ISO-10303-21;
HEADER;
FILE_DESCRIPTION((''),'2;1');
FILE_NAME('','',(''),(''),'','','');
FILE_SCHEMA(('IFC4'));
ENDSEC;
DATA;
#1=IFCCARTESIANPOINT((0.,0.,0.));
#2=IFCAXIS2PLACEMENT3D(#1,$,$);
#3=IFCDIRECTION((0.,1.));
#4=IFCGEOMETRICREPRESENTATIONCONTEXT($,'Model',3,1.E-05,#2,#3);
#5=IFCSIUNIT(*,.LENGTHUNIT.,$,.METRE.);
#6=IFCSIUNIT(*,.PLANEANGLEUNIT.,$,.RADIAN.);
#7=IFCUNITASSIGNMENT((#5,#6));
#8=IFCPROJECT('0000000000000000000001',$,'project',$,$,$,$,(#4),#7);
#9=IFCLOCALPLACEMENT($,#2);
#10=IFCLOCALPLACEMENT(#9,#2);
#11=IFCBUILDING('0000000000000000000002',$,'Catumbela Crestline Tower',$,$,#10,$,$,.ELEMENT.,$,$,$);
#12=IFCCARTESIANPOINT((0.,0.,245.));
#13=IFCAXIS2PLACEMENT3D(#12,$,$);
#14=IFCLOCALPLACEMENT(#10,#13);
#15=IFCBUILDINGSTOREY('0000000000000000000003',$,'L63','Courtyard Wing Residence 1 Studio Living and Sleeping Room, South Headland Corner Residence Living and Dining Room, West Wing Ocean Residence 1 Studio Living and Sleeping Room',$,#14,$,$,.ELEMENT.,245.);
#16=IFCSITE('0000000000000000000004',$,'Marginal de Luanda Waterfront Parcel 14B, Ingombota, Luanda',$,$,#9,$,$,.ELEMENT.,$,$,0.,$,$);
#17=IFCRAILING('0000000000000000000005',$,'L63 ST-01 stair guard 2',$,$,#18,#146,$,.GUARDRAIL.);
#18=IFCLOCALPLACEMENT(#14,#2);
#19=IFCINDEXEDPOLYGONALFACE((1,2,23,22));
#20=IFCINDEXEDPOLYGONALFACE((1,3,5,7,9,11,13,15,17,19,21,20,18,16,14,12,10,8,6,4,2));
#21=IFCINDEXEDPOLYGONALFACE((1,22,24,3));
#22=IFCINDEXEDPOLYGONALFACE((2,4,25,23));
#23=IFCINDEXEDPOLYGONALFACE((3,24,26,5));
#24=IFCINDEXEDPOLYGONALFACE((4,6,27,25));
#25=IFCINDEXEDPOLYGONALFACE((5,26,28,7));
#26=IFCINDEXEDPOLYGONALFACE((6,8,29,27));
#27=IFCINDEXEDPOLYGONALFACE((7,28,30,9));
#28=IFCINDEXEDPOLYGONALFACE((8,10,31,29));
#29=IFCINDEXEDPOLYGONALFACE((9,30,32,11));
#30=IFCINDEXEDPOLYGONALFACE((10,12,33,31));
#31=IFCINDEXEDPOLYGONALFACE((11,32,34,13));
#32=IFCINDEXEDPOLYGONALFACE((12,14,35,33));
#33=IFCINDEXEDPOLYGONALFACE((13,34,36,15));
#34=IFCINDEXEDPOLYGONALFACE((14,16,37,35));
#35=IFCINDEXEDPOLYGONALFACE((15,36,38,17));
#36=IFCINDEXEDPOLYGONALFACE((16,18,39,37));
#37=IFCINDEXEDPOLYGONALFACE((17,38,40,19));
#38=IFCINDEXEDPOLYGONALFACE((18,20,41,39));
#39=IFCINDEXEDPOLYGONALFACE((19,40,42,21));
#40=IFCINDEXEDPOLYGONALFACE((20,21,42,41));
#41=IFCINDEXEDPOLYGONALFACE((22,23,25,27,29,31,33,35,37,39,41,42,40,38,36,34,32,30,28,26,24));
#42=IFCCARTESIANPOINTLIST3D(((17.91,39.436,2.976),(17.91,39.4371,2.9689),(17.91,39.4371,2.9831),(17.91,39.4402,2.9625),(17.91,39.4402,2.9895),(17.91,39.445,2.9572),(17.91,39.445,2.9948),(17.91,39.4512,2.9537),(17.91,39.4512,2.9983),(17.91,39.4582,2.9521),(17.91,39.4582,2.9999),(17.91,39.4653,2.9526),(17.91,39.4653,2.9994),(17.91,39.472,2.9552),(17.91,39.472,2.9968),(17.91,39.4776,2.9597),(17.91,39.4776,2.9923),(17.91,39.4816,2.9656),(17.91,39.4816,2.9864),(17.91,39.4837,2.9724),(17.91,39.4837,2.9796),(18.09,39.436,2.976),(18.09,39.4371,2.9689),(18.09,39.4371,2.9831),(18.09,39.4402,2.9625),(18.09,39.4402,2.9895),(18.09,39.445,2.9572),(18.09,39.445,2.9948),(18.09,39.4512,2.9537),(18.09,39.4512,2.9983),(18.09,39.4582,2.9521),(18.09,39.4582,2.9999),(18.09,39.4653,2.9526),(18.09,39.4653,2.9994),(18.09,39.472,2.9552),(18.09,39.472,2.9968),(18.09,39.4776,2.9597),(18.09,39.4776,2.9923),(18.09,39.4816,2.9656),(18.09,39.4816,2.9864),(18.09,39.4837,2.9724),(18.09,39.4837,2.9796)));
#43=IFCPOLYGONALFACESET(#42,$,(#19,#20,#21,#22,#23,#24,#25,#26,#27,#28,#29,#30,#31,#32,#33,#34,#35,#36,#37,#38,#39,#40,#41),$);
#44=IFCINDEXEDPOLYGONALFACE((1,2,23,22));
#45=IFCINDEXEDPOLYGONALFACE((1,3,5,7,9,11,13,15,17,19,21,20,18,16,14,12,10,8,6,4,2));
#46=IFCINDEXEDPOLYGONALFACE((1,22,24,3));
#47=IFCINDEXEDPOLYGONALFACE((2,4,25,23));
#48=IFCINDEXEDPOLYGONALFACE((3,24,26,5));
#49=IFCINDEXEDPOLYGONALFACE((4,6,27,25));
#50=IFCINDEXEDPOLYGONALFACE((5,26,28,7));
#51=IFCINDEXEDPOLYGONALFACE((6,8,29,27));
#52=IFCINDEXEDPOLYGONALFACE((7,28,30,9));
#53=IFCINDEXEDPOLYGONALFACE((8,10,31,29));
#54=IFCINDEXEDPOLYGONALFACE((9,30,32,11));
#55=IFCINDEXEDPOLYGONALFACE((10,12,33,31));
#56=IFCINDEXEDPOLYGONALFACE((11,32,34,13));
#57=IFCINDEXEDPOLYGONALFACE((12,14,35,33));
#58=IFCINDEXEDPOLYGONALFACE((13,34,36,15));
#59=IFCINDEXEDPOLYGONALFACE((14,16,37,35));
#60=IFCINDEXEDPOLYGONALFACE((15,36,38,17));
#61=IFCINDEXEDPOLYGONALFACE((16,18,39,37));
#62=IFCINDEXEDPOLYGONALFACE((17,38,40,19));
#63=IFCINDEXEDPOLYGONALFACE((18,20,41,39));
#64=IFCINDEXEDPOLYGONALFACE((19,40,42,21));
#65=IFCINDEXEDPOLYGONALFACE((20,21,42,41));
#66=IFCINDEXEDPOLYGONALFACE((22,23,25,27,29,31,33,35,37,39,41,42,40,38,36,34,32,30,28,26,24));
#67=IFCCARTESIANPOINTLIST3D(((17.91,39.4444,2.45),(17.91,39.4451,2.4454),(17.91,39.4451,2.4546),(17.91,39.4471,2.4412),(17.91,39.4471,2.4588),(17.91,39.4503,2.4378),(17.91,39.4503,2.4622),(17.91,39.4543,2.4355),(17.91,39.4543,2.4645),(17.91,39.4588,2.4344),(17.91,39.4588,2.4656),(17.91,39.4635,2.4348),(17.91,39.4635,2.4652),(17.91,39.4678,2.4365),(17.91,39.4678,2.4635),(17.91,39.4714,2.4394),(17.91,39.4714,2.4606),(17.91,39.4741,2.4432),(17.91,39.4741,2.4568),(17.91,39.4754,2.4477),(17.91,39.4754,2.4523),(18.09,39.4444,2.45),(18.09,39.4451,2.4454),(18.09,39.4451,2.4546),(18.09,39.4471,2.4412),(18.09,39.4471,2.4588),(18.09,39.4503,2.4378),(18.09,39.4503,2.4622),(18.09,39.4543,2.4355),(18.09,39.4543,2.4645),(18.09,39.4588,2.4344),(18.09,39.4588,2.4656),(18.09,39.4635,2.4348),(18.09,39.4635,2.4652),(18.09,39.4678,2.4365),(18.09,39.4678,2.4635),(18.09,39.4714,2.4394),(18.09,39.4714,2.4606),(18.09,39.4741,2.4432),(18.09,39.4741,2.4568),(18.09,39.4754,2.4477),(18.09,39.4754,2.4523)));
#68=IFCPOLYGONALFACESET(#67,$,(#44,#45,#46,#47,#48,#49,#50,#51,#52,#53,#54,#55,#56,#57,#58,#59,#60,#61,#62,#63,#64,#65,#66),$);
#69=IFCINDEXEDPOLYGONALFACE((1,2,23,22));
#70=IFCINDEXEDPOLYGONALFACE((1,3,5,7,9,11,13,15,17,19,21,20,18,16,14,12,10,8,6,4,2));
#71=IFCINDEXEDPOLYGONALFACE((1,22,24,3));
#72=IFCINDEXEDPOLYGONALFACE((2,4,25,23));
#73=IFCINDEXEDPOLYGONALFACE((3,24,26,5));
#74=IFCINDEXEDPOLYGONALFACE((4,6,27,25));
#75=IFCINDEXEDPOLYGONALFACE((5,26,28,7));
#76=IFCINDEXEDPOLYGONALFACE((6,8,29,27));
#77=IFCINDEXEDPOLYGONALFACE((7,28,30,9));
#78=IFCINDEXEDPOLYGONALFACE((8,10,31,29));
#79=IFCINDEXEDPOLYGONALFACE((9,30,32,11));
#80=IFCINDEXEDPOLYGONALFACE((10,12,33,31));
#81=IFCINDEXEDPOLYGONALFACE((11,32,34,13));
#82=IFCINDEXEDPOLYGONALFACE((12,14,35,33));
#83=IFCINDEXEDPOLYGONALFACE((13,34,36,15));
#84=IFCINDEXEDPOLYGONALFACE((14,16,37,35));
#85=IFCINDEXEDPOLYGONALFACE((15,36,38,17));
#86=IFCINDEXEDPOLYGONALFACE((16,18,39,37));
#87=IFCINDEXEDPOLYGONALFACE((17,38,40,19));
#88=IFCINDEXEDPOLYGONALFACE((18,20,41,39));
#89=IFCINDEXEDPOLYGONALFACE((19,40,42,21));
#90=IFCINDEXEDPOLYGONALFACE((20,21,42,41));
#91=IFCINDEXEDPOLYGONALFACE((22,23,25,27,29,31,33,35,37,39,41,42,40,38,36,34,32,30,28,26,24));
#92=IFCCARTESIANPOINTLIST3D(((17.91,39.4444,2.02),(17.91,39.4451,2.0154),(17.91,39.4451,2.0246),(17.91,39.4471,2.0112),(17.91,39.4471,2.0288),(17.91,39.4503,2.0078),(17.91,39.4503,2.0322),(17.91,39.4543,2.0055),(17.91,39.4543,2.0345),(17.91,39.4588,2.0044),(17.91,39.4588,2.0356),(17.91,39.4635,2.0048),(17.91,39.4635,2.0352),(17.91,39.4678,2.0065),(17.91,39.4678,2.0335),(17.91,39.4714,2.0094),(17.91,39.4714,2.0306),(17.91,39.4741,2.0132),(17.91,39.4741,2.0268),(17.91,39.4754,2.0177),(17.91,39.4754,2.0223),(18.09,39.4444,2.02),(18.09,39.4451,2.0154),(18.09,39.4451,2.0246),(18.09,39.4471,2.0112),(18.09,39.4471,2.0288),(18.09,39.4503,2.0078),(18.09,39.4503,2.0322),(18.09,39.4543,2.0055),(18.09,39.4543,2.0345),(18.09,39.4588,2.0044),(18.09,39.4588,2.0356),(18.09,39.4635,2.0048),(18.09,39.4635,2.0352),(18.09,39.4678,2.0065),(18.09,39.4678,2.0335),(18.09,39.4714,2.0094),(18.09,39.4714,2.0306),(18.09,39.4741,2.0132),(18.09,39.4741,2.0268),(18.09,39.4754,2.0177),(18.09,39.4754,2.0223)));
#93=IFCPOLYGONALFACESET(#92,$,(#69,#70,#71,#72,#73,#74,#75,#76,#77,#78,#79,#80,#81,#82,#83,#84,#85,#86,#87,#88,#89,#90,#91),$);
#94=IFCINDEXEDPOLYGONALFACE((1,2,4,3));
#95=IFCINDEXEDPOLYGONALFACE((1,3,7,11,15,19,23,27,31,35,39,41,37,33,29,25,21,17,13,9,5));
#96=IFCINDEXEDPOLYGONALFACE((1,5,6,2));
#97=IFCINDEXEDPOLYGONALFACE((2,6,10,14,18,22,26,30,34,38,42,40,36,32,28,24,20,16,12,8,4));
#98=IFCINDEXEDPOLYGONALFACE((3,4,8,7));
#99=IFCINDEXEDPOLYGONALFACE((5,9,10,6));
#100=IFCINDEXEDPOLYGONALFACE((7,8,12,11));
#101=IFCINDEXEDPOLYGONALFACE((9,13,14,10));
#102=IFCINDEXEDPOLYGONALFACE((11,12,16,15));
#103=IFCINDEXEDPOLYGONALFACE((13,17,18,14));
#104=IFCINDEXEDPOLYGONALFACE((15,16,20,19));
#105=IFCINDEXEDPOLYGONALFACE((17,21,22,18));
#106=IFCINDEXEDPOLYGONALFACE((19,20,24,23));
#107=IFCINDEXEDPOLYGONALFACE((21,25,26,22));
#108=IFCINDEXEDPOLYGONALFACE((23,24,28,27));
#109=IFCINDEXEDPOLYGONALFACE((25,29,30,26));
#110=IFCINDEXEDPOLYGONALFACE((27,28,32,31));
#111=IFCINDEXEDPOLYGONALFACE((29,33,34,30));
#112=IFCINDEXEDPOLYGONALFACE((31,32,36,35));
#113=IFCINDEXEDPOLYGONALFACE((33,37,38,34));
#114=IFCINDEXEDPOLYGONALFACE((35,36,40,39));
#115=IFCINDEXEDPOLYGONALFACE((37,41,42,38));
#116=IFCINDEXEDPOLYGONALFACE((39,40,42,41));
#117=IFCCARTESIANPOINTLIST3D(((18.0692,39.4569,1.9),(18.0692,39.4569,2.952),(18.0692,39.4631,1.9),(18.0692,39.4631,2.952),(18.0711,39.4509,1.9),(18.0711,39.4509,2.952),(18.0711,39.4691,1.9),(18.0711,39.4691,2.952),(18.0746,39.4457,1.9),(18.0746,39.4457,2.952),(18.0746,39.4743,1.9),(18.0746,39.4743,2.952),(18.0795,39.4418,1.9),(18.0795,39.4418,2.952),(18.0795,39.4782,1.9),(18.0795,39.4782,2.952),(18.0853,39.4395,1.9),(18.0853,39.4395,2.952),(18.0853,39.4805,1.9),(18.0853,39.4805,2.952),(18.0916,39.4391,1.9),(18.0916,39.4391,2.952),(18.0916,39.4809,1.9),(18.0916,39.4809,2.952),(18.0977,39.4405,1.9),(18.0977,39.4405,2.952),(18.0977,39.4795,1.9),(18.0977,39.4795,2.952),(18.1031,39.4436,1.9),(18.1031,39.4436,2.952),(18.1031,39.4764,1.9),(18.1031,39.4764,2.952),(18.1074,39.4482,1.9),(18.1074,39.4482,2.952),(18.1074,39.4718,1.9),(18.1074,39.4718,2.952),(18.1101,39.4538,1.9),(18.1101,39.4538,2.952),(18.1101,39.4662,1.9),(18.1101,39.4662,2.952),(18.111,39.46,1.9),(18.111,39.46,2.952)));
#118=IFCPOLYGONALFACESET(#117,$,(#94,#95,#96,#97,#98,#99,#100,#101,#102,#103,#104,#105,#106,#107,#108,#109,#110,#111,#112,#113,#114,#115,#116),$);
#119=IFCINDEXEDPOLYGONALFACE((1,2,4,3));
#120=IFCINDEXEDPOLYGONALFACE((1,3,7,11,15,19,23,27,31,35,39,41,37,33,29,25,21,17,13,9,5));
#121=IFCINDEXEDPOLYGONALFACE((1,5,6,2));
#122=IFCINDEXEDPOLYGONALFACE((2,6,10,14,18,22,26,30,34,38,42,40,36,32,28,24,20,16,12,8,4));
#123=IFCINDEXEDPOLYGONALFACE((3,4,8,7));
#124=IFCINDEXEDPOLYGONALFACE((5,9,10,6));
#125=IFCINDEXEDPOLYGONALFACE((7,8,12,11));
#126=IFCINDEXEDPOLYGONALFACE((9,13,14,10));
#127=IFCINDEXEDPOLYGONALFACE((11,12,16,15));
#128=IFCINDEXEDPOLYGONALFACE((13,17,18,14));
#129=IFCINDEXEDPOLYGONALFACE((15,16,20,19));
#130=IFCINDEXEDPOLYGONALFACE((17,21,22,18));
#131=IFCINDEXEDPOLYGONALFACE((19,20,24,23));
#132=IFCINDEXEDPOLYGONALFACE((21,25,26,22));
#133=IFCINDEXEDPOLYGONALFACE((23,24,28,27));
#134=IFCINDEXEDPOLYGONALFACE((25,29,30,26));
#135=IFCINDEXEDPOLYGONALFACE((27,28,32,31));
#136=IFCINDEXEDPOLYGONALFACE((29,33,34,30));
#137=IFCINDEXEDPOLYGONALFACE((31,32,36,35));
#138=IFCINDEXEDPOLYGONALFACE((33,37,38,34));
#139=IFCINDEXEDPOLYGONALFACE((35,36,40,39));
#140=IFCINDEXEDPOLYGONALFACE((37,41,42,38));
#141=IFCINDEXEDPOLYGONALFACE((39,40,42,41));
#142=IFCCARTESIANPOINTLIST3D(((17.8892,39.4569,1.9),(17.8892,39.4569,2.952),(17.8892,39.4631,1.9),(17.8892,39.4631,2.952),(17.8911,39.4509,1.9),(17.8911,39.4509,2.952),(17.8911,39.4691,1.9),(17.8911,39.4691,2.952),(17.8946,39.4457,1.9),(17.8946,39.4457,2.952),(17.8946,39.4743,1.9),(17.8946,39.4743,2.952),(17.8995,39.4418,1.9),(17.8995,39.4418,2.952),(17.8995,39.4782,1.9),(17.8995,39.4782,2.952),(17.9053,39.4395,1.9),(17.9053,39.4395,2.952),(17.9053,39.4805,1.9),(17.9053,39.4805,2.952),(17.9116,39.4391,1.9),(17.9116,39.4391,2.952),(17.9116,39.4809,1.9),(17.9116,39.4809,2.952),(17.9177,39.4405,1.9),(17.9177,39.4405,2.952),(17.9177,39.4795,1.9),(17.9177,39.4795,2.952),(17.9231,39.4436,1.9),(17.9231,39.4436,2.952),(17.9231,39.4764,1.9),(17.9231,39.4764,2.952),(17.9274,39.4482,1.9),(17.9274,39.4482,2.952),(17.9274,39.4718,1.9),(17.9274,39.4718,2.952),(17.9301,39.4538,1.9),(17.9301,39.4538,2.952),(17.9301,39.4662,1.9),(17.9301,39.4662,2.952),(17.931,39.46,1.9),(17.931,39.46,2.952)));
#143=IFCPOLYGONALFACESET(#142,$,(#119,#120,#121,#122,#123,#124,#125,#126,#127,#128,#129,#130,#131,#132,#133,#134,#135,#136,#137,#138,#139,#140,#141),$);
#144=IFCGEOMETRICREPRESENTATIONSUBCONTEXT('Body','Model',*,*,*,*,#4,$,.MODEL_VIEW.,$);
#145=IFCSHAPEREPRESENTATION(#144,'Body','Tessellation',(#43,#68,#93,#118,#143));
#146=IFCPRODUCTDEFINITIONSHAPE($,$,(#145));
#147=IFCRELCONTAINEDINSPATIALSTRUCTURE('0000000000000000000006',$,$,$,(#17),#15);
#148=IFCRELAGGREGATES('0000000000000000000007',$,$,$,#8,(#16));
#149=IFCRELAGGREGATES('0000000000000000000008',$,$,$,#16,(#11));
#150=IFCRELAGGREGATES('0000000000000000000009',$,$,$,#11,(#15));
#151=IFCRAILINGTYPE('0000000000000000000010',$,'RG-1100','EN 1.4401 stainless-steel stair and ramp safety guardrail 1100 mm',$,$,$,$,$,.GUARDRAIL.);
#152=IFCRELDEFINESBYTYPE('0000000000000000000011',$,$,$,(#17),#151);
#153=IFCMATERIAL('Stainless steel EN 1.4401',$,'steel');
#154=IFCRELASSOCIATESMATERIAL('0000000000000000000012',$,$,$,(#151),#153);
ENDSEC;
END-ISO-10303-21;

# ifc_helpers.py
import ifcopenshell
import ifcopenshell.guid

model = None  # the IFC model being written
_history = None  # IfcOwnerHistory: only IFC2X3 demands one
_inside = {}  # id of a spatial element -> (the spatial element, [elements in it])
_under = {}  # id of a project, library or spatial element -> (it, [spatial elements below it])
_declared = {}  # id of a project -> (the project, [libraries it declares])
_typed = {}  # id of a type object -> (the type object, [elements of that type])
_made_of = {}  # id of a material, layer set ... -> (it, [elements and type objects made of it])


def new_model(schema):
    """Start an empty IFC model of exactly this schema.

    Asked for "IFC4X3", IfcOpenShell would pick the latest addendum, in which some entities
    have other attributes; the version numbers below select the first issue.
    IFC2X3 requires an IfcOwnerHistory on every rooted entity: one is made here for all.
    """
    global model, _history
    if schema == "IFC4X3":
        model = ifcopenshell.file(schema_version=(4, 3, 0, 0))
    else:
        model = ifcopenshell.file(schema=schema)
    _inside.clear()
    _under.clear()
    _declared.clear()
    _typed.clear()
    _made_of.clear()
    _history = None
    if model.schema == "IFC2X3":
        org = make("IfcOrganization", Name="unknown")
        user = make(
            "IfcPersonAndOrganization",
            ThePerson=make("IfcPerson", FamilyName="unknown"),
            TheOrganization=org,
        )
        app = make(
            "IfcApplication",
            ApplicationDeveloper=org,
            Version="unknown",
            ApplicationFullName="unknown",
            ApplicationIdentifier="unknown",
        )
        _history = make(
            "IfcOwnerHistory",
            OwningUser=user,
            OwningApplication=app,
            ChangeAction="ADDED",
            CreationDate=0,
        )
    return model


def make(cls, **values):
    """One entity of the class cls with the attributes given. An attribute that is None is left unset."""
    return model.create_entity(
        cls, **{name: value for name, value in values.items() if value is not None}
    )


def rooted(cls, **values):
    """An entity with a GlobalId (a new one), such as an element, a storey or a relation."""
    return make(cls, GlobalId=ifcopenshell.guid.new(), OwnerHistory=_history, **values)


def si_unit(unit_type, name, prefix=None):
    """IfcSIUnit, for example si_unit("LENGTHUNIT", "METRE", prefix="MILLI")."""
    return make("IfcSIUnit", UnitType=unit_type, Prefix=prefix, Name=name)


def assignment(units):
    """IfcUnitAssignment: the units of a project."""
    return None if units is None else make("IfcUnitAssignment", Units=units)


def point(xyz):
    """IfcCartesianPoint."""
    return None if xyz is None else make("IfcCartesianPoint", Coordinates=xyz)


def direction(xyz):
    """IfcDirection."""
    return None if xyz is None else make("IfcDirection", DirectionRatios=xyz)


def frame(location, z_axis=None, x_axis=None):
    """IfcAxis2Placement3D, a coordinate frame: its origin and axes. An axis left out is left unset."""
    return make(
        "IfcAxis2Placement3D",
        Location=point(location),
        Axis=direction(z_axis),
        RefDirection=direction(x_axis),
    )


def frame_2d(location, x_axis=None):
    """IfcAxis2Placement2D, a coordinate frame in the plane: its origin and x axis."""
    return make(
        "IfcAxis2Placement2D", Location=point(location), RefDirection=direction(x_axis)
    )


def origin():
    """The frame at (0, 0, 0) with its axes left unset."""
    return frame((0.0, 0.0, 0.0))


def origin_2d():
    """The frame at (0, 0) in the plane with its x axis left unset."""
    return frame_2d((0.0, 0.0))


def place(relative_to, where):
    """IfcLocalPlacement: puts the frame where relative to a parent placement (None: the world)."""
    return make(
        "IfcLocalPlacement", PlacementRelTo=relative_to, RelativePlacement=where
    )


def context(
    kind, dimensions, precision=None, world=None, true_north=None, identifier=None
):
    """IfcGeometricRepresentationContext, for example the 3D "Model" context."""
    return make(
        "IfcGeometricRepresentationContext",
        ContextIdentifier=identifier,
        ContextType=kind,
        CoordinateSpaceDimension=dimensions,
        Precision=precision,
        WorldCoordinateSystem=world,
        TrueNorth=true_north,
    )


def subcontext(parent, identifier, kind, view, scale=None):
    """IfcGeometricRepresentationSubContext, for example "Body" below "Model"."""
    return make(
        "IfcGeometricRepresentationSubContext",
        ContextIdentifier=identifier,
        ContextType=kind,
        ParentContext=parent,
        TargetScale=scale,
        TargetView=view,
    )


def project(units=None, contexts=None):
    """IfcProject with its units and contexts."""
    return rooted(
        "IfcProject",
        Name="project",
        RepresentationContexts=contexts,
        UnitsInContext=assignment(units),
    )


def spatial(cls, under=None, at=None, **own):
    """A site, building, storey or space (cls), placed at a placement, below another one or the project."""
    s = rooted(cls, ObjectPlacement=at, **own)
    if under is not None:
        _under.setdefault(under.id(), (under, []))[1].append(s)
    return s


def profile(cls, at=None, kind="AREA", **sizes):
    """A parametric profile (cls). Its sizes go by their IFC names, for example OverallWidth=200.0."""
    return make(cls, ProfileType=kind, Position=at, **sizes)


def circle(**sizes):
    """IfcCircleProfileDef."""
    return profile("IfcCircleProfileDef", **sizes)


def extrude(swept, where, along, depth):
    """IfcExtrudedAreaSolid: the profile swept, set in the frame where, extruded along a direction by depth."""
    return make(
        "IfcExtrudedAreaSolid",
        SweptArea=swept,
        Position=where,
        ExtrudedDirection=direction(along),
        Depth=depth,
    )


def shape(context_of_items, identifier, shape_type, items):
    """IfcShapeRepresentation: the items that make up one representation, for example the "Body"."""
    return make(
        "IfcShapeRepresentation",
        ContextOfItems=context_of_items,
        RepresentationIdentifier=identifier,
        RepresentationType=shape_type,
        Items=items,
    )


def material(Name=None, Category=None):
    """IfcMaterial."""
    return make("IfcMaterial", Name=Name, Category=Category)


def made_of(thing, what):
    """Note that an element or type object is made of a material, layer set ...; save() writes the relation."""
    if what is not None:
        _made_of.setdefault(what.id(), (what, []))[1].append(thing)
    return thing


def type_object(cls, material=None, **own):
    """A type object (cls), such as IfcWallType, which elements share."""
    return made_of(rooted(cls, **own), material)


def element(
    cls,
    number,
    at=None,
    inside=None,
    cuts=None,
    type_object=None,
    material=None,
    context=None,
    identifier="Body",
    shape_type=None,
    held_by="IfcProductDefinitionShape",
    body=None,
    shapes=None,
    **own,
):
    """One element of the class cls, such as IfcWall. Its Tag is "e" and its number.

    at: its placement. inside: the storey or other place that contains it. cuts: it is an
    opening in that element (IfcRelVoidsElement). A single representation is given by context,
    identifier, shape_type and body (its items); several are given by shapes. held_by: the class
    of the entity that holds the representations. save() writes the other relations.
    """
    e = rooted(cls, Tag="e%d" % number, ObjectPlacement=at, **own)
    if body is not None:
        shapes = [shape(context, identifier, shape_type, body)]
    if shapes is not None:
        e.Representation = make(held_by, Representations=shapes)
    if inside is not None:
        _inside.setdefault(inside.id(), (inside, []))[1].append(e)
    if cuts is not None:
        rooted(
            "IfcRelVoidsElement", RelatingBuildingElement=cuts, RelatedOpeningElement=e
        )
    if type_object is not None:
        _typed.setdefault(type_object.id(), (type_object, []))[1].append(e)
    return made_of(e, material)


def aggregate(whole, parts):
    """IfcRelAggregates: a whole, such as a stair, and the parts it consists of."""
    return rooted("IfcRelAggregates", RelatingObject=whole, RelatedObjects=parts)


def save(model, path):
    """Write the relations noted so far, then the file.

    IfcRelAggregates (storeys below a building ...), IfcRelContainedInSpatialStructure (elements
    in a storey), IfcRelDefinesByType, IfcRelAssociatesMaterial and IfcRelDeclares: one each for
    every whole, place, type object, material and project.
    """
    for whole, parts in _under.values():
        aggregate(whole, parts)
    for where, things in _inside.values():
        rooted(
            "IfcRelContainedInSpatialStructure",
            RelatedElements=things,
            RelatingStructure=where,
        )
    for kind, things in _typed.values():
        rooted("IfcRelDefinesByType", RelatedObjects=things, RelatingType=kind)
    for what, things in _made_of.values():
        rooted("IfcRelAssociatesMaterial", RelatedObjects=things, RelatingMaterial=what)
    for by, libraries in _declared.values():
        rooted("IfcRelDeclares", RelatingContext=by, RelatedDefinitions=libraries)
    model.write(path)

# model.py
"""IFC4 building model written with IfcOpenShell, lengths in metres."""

from ifc_helpers import new_model, si_unit, direction, frame, origin, origin_2d, place, context, subcontext, project, spatial, circle, extrude, material, type_object, element, save


model = new_model("IFC4")

# Units and contexts
model_context = context("Model", 3, precision=1e-05, world=origin(), true_north=direction((0.0, 1.0)))
body_context = subcontext(model_context, "Body", "Model", "MODEL_VIEW")
ifc_project = project(units=[si_unit("LENGTHUNIT", "METRE"), si_unit("PLANEANGLEUNIT", "RADIAN")], contexts=[model_context])

# Site, building, storey
site_placement = place(None, origin())
site = spatial("IfcSite", under=ifc_project, at=site_placement, Name="Marginal de Luanda Waterfront Parcel 14B, Ingombota, Luanda", CompositionType="ELEMENT", RefElevation=0.0)
building_placement = place(site_placement, origin())
building = spatial("IfcBuilding", under=site, at=building_placement, Name="Catumbela Crestline Tower", CompositionType="ELEMENT")
storey_placement = place(building_placement, frame((0.0, 0.0, 245.0)))
storey = spatial("IfcBuildingStorey", under=building, at=storey_placement, Name="L63", Description="Courtyard Wing Residence 1 Studio Living and Sleeping Room, South Headland Corner Residence Living and Dining Room, West Wing Ocean Residence 1 Studio Living and Sleeping Room", CompositionType="ELEMENT", Elevation=245.0)

# Shared definitions
ifc_material_1 = material(Name="Stainless steel EN 1.4401", Category="steel")

# Railing
railing_type_1 = type_object("IfcRailingType", Name="RG-1100", Description="EN 1.4401 stainless-steel stair and ramp safety guardrail 1100 mm", PredefinedType="GUARDRAIL", material=ifc_material_1)
railing_1_placement = place(storey_placement, frame((18.09, 39.46, 1.9)))
element("IfcRailing", 1, at=railing_1_placement, inside=storey, type_object=railing_type_1, Name="L63 ST-01 stair guard 2", PredefinedType="GUARDRAIL", context=body_context, shape_type="SweptSolid", body=[
    extrude(circle(Radius=0.024, at=origin_2d()), frame((0.0, 0.0, 1.076), z_axis=(-1.0, 0.0, 0.0), x_axis=(0.0, -1.0, 0.0)), (0.0, 0.0, 1.0), 0.18),
    extrude(circle(Radius=0.0156, at=origin_2d()), frame((0.0, 0.0, 0.55), z_axis=(-1.0, 0.0, 0.0), x_axis=(0.0, -1.0, 0.0)), (0.0, 0.0, 1.0), 0.18),
    extrude(circle(Radius=0.0156, at=origin_2d()), frame((0.0, 0.0, 0.12), z_axis=(-1.0, 0.0, 0.0), x_axis=(0.0, -1.0, 0.0)), (0.0, 0.0, 1.0), 0.18),
    extrude(circle(Radius=0.021, at=origin_2d()), origin(), (0.0, 0.0, 1.0), 1.052),
    extrude(circle(Radius=0.021, at=origin_2d()), frame((-0.18, 0.0, 0.0)), (0.0, 0.0, 1.0), 1.052),
])

save(model, "model.ifc")
